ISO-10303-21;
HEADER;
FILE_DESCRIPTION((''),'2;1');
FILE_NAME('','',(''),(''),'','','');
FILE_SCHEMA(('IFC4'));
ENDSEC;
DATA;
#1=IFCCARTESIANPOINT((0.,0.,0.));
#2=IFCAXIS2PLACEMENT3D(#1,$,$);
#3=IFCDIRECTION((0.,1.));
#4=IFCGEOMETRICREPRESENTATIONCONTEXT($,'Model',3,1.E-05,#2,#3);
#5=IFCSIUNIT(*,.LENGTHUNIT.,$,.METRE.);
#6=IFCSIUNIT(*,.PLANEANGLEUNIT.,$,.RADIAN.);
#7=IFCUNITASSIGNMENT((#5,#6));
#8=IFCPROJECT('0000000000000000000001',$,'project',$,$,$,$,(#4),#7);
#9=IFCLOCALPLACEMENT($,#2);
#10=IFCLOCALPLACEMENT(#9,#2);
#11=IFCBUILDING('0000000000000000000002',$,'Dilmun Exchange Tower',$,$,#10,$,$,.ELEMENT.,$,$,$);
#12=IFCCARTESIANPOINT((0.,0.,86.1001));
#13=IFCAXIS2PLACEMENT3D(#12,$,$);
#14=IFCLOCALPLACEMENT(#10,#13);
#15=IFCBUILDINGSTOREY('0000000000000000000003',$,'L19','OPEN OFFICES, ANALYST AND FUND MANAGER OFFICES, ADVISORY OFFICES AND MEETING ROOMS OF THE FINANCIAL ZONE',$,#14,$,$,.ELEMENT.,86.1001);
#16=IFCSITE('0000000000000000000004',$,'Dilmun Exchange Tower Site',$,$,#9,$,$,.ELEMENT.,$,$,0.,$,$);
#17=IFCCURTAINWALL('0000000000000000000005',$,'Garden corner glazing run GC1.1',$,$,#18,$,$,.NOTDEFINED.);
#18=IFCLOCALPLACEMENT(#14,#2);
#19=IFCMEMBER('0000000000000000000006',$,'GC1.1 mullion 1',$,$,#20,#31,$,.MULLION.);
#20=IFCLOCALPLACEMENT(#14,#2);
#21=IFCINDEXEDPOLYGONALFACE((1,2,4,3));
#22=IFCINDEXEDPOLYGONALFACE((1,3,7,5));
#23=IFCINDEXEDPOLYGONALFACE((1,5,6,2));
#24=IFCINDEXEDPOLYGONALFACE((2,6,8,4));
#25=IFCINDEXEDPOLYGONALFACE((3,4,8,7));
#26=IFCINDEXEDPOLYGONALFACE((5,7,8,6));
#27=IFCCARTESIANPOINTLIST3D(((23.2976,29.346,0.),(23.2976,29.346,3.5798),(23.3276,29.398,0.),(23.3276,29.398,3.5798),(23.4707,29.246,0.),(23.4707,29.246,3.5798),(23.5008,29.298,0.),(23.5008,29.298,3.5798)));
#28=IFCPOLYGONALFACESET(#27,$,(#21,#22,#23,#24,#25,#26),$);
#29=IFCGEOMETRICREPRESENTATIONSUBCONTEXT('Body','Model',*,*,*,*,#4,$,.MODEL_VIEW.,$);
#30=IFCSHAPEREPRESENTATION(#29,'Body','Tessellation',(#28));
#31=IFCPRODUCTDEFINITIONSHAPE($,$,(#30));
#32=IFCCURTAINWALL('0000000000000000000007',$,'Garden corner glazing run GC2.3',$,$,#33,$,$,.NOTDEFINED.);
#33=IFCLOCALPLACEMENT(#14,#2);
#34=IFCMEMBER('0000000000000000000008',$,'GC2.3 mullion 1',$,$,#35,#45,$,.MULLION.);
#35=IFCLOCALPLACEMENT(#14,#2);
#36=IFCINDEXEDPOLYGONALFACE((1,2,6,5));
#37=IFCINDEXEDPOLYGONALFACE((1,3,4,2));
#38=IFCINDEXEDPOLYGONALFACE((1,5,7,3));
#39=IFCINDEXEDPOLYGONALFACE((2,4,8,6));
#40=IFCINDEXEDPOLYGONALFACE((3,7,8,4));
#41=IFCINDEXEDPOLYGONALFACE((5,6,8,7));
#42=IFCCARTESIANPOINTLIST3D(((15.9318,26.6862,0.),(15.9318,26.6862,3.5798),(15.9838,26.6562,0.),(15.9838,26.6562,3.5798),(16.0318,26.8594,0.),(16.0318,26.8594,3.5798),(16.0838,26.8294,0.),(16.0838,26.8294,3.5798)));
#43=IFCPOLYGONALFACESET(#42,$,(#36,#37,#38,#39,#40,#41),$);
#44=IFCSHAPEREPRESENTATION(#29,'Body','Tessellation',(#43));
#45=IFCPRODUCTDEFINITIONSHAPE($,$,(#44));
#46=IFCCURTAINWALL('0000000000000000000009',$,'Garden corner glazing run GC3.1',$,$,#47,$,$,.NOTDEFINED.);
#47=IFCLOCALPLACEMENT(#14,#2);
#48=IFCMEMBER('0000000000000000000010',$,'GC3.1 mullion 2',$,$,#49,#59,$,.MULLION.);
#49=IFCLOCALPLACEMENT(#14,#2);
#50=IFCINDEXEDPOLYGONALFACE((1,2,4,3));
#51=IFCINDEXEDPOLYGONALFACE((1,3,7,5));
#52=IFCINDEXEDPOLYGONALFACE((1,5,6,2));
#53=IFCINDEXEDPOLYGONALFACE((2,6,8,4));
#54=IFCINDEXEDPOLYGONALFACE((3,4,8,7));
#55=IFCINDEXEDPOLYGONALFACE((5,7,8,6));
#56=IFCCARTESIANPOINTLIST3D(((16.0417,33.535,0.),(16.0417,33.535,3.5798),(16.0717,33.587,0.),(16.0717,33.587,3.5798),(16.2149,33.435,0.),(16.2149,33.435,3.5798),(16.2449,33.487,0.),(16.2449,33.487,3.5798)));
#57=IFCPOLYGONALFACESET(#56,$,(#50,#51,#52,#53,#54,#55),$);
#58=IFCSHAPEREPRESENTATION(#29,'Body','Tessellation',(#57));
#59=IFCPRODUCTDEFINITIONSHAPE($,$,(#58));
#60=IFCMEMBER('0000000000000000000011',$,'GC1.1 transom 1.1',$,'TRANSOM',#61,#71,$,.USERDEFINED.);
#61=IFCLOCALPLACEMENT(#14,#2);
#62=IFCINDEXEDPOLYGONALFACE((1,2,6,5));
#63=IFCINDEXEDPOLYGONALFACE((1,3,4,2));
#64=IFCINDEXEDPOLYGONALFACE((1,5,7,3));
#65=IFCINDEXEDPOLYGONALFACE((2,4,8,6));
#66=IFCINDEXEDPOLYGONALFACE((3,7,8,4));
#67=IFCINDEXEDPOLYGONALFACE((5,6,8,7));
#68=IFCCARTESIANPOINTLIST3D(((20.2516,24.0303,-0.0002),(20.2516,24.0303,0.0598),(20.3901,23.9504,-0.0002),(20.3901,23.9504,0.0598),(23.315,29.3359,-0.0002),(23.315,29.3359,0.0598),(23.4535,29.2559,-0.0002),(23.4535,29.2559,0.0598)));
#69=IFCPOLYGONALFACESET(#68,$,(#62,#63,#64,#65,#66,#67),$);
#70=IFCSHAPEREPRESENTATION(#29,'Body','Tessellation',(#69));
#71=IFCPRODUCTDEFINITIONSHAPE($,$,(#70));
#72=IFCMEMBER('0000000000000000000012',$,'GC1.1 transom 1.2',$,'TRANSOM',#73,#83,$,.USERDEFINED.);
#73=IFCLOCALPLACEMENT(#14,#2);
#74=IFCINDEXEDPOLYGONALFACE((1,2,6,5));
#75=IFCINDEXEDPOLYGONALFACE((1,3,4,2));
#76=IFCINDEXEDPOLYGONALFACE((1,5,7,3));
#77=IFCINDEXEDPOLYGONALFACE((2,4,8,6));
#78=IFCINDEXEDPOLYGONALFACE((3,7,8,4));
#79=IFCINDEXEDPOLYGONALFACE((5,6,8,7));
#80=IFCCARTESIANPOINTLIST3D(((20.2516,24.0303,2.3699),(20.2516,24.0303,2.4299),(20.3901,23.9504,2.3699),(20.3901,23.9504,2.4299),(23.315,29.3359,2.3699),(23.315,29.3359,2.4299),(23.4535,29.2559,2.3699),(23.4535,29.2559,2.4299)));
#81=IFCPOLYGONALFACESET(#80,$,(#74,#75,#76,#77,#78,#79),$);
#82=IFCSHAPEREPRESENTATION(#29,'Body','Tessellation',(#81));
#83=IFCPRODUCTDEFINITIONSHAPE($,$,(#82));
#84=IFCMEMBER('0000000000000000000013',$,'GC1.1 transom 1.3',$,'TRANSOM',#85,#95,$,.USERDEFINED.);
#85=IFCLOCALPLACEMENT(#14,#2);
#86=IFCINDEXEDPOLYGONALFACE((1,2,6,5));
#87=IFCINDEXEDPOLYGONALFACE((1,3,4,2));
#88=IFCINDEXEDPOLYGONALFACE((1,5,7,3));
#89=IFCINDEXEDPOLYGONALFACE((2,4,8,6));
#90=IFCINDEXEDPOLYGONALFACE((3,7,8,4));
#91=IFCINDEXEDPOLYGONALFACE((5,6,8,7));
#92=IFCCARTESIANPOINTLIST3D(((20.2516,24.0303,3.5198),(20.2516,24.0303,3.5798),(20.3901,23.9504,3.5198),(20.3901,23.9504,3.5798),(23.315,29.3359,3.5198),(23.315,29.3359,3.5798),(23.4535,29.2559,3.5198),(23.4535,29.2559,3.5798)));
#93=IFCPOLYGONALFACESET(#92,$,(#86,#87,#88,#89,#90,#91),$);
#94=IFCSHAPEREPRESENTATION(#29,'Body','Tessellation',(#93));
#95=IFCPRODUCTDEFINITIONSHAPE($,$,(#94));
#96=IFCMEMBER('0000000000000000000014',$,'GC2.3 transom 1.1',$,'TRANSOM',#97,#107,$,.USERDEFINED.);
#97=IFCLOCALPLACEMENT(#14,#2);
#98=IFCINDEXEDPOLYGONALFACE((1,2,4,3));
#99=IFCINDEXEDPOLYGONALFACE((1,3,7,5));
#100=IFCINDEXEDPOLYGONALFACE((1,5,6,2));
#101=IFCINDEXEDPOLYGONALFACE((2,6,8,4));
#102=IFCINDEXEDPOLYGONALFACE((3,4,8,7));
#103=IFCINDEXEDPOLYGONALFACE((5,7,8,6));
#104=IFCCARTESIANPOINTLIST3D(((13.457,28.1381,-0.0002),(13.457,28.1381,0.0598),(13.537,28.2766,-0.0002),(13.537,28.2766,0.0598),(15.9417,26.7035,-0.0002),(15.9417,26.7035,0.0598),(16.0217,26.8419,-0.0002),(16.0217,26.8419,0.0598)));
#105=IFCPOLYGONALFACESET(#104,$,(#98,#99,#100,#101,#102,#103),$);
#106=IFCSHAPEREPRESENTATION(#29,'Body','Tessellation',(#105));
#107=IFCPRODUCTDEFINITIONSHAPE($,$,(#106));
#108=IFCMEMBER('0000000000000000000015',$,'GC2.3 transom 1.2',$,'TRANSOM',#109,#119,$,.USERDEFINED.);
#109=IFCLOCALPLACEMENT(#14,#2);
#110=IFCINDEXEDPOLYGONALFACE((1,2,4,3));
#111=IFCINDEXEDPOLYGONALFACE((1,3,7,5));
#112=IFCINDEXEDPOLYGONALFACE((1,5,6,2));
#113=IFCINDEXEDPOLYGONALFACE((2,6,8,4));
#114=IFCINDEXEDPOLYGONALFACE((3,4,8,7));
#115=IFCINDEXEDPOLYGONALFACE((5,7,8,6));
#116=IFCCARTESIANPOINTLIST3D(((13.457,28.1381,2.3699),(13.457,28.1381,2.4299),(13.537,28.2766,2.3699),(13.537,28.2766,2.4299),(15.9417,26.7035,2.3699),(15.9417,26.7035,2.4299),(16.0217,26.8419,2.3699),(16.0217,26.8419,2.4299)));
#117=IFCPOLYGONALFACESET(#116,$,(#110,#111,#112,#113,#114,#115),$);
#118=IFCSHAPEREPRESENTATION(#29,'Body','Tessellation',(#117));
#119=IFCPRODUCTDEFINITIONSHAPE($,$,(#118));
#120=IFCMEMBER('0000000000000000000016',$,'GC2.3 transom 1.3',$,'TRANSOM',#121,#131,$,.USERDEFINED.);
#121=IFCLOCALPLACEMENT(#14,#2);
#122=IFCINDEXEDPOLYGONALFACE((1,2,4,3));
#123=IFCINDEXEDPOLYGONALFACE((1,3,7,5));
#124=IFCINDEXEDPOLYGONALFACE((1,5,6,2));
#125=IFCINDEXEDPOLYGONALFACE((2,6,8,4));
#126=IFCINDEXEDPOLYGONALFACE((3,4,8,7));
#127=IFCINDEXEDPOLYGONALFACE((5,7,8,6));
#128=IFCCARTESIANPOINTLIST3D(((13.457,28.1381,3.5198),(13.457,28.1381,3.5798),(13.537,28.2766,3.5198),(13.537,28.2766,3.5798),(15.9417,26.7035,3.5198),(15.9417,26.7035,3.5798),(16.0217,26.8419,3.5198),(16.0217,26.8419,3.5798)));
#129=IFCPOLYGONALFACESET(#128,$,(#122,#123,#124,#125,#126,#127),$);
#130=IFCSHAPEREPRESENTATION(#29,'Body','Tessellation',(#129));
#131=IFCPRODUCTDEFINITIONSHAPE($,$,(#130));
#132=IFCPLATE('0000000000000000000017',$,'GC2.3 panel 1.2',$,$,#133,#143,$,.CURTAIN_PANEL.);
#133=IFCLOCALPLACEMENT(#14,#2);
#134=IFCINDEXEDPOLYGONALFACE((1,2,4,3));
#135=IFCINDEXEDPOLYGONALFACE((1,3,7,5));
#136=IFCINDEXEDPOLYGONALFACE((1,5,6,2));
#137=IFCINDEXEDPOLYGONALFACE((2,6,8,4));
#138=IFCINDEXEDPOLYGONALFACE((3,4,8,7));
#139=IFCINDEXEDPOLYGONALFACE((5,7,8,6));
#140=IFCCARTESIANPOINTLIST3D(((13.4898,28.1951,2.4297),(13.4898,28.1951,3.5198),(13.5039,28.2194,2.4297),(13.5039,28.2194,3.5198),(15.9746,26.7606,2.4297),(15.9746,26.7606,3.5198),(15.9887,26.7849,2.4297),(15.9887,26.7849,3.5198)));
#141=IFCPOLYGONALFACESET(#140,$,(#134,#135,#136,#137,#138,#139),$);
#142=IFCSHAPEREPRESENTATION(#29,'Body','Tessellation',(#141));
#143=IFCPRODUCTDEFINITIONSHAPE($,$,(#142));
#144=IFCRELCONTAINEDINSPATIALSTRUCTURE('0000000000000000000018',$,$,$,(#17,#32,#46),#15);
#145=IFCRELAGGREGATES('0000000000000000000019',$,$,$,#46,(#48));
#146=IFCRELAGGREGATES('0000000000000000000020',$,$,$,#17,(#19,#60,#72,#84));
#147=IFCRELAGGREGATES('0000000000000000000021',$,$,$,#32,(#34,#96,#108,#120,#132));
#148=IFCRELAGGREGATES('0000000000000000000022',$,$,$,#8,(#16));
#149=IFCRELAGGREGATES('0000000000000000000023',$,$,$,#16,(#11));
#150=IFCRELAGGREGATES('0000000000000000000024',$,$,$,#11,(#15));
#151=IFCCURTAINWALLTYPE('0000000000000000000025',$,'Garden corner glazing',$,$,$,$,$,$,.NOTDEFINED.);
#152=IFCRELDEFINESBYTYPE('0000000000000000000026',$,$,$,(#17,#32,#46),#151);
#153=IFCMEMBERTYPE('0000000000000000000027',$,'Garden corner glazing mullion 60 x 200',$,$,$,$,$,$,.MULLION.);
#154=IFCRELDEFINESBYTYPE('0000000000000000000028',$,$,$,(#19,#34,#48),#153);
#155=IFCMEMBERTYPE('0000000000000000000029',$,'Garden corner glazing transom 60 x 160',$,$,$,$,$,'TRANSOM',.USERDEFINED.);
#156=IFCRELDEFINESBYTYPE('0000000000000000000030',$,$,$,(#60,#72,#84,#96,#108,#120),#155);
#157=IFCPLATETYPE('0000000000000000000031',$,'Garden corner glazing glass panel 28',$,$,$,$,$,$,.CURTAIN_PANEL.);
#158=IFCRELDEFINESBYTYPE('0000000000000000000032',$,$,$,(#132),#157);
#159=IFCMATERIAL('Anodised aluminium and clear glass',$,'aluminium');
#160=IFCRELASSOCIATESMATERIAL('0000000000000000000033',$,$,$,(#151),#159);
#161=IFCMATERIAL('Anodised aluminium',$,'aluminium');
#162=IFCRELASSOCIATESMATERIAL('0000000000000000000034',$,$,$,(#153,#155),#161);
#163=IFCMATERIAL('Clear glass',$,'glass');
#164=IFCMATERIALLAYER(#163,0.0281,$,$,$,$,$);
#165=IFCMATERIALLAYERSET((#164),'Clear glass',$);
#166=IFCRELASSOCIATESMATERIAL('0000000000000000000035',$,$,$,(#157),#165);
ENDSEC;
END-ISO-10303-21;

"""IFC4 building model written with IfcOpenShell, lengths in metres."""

from ifc_helpers import new_model, si_unit, direction, frame, origin, origin_2d, place, context, subcontext, project, spatial, rectangle, extrude, material, layer, layer_set, material_profile, profile_set, type_object, element, aggregate, save


model = new_model("IFC4")

# Units and contexts
model_context = context("Model", 3, precision=1e-05, world=origin(), true_north=direction((0.0, 1.0)))
body_context = subcontext(model_context, "Body", "Model", "MODEL_VIEW")
ifc_project = project(units=[si_unit("LENGTHUNIT", "METRE"), si_unit("PLANEANGLEUNIT", "RADIAN")], contexts=[model_context])

# Site, building, storey
site_placement = place(None, origin())
site = spatial("IfcSite", under=ifc_project, at=site_placement, Name="Dilmun Exchange Tower Site", CompositionType="ELEMENT", RefElevation=0.0)
building_placement = place(site_placement, origin())
building = spatial("IfcBuilding", under=site, at=building_placement, Name="Dilmun Exchange Tower", CompositionType="ELEMENT")
storey_placement = place(building_placement, frame((0.0, 0.0, 86.1001)))
storey = spatial("IfcBuildingStorey", under=building, at=storey_placement, Name="L19", Description="OPEN OFFICES, ANALYST AND FUND MANAGER OFFICES, ADVISORY OFFICES AND MEETING ROOMS OF THE FINANCIAL ZONE", CompositionType="ELEMENT", Elevation=86.1001)

# Curtain walls, members
ifc_material_1 = material(Name="Anodised aluminium and clear glass", Category="aluminium")
curtain_wall_type = type_object("IfcCurtainWallType", Name="Garden corner glazing", PredefinedType="NOTDEFINED", material=ifc_material_1)
curtain_wall_1_placement = place(storey_placement, origin())
curtain_wall_1 = element("IfcCurtainWall", 1, at=curtain_wall_1_placement, inside=storey, type_object=curtain_wall_type, Name="Garden corner glazing run GC1.1", PredefinedType="NOTDEFINED")
ifc_material_2 = material(Name="Anodised aluminium", Category="aluminium")
ifc_material_profile_1 = material_profile(ifc_material_2, rectangle(XDim=0.2, YDim=0.0601, at=origin_2d()), Name="AL 60x200")
ifc_profile_set_1 = profile_set([ifc_material_profile_1], Name="Anodised aluminium")
member_type_1 = type_object("IfcMemberType", Name="Garden corner glazing mullion 60 x 200", PredefinedType="MULLION", material=ifc_profile_set_1)
member_1_placement = place(storey_placement, frame((23.3992, 29.322, 0.0), z_axis=(0.0, 0.0, 1.0), x_axis=(0.866021, -0.500008, 0.0)))
member_1 = element("IfcMember", 2, at=member_1_placement, type_object=member_type_1, Name="GC1.1 mullion 1", PredefinedType="MULLION", context=body_context, shape_type="SweptSolid", body=[
    extrude(rectangle(XDim=0.2, YDim=0.0601, at=origin_2d()), origin(), (0.0, 0.0, 1.0), 3.5798),
])
curtain_wall_2_placement = place(storey_placement, origin())
curtain_wall_2 = element("IfcCurtainWall", 3, at=curtain_wall_2_placement, inside=storey, type_object=curtain_wall_type, Name="Garden corner glazing run GC2.3", PredefinedType="NOTDEFINED")
member_2_placement = place(storey_placement, frame((16.0078, 26.7578, 0.0), z_axis=(0.0, 0.0, 1.0), x_axis=(-0.499978, -0.866038, 0.0)))
member_2 = element("IfcMember", 4, at=member_2_placement, type_object=member_type_1, Name="GC2.3 mullion 1", PredefinedType="MULLION", context=body_context, shape_type="SweptSolid", body=[
    extrude(rectangle(XDim=0.2, YDim=0.0601, at=origin_2d()), origin(), (0.0, 0.0, 1.0), 3.5798),
])
curtain_wall_3_placement = place(storey_placement, origin())
curtain_wall_3 = element("IfcCurtainWall", 5, at=curtain_wall_3_placement, inside=storey, type_object=curtain_wall_type, Name="Garden corner glazing run GC3.1", PredefinedType="NOTDEFINED")
member_3_placement = place(storey_placement, frame((16.1433, 33.511, 0.0), z_axis=(0.0, 0.0, 1.0), x_axis=(-0.866028, 0.499996, 0.0)))
member_3 = element("IfcMember", 6, at=member_3_placement, type_object=member_type_1, Name="GC3.1 mullion 2", PredefinedType="MULLION", context=body_context, shape_type="SweptSolid", body=[
    extrude(rectangle(XDim=0.2, YDim=0.0601, at=origin_2d()), origin(), (0.0, 0.0, 1.0), 3.5798),
])
aggregate(curtain_wall_3, [member_3])

# Members
ifc_material_profile_2 = material_profile(ifc_material_2, rectangle(XDim=0.1599, YDim=0.0601, at=origin_2d()), Name="AL 60x160")
ifc_profile_set_2 = profile_set([ifc_material_profile_2], Name="Anodised aluminium")
member_type_2 = type_object("IfcMemberType", Name="Garden corner glazing transom 60 x 160", ElementType="TRANSOM", PredefinedType="USERDEFINED", material=ifc_profile_set_2)
member_4_placement = place(storey_placement, frame((23.3843, 29.2959, 0.0298), z_axis=(-0.500031, -0.866008, 0.0), x_axis=(0.866008, -0.500031, 0.0)))
member_4 = element("IfcMember", 7, at=member_4_placement, type_object=member_type_2, Name="GC1.1 transom 1.1", ObjectType="TRANSOM", PredefinedType="USERDEFINED", context=body_context, shape_type="SweptSolid", body=[
    extrude(rectangle(XDim=0.1599, YDim=0.0601, at=origin_2d()), origin(), (0.0, 0.0, 1.0), 6.1265),
])
member_5_placement = place(storey_placement, frame((23.3843, 29.2959, 2.3999), z_axis=(-0.500031, -0.866008, 0.0), x_axis=(0.866008, -0.500031, 0.0)))
member_5 = element("IfcMember", 8, at=member_5_placement, type_object=member_type_2, Name="GC1.1 transom 1.2", ObjectType="TRANSOM", PredefinedType="USERDEFINED", context=body_context, shape_type="SweptSolid", body=[
    extrude(rectangle(XDim=0.1599, YDim=0.0601, at=origin_2d()), origin(), (0.0, 0.0, 1.0), 6.1265),
])
member_6_placement = place(storey_placement, frame((23.3843, 29.2959, 3.5498), z_axis=(-0.500031, -0.866008, 0.0), x_axis=(0.866008, -0.500031, 0.0)))
member_6 = element("IfcMember", 9, at=member_6_placement, type_object=member_type_2, Name="GC1.1 transom 1.3", ObjectType="TRANSOM", PredefinedType="USERDEFINED", context=body_context, shape_type="SweptSolid", body=[
    extrude(rectangle(XDim=0.1599, YDim=0.0601, at=origin_2d()), origin(), (0.0, 0.0, 1.0), 6.1265),
])
aggregate(curtain_wall_1, [member_1, member_4, member_5, member_6])
member_7_placement = place(storey_placement, frame((15.9817, 26.7727, 0.0298), z_axis=(-0.866014, 0.50002, 0.0), x_axis=(-0.50002, -0.866014, 0.0)))
member_7 = element("IfcMember", 10, at=member_7_placement, type_object=member_type_2, Name="GC2.3 transom 1.1", ObjectType="TRANSOM", PredefinedType="USERDEFINED", context=body_context, shape_type="SweptSolid", body=[
    extrude(rectangle(XDim=0.1599, YDim=0.0601, at=origin_2d()), origin(), (0.0, 0.0, 1.0), 2.8691),
])
member_8_placement = place(storey_placement, frame((15.9817, 26.7727, 2.3999), z_axis=(-0.866014, 0.50002, 0.0), x_axis=(-0.50002, -0.866014, 0.0)))
member_8 = element("IfcMember", 11, at=member_8_placement, type_object=member_type_2, Name="GC2.3 transom 1.2", ObjectType="TRANSOM", PredefinedType="USERDEFINED", context=body_context, shape_type="SweptSolid", body=[
    extrude(rectangle(XDim=0.1599, YDim=0.0601, at=origin_2d()), origin(), (0.0, 0.0, 1.0), 2.8691),
])
member_9_placement = place(storey_placement, frame((15.9817, 26.7727, 3.5498), z_axis=(-0.866014, 0.50002, 0.0), x_axis=(-0.50002, -0.866014, 0.0)))
member_9 = element("IfcMember", 12, at=member_9_placement, type_object=member_type_2, Name="GC2.3 transom 1.3", ObjectType="TRANSOM", PredefinedType="USERDEFINED", context=body_context, shape_type="SweptSolid", body=[
    extrude(rectangle(XDim=0.1599, YDim=0.0601, at=origin_2d()), origin(), (0.0, 0.0, 1.0), 2.8691),
])

# Plate
ifc_material_3 = material(Name="Clear glass", Category="glass")
ifc_layer_1 = layer(ifc_material_3, 0.0281)
ifc_layer_set_1 = layer_set([ifc_layer_1], Name="Clear glass")
plate_type = type_object("IfcPlateType", Name="Garden corner glazing glass panel 28", PredefinedType="CURTAIN_PANEL", material=ifc_layer_set_1)
plate_placement = place(storey_placement, frame((14.7393, 27.49, 2.4297), z_axis=(0.0, 0.0, 1.0), x_axis=(-0.866038, 0.499978, 0.0)))
plate = element("IfcPlate", 13, at=plate_placement, type_object=plate_type, Name="GC2.3 panel 1.2", PredefinedType="CURTAIN_PANEL", context=body_context, shape_type="SweptSolid", body=[
    extrude(rectangle(XDim=2.8691, YDim=0.0281, at=origin_2d()), origin(), (0.0, 0.0, 1.0), 1.0901),
])
aggregate(curtain_wall_2, [member_2, member_7, member_8, member_9, plate])

save(model, "model.ifc")
